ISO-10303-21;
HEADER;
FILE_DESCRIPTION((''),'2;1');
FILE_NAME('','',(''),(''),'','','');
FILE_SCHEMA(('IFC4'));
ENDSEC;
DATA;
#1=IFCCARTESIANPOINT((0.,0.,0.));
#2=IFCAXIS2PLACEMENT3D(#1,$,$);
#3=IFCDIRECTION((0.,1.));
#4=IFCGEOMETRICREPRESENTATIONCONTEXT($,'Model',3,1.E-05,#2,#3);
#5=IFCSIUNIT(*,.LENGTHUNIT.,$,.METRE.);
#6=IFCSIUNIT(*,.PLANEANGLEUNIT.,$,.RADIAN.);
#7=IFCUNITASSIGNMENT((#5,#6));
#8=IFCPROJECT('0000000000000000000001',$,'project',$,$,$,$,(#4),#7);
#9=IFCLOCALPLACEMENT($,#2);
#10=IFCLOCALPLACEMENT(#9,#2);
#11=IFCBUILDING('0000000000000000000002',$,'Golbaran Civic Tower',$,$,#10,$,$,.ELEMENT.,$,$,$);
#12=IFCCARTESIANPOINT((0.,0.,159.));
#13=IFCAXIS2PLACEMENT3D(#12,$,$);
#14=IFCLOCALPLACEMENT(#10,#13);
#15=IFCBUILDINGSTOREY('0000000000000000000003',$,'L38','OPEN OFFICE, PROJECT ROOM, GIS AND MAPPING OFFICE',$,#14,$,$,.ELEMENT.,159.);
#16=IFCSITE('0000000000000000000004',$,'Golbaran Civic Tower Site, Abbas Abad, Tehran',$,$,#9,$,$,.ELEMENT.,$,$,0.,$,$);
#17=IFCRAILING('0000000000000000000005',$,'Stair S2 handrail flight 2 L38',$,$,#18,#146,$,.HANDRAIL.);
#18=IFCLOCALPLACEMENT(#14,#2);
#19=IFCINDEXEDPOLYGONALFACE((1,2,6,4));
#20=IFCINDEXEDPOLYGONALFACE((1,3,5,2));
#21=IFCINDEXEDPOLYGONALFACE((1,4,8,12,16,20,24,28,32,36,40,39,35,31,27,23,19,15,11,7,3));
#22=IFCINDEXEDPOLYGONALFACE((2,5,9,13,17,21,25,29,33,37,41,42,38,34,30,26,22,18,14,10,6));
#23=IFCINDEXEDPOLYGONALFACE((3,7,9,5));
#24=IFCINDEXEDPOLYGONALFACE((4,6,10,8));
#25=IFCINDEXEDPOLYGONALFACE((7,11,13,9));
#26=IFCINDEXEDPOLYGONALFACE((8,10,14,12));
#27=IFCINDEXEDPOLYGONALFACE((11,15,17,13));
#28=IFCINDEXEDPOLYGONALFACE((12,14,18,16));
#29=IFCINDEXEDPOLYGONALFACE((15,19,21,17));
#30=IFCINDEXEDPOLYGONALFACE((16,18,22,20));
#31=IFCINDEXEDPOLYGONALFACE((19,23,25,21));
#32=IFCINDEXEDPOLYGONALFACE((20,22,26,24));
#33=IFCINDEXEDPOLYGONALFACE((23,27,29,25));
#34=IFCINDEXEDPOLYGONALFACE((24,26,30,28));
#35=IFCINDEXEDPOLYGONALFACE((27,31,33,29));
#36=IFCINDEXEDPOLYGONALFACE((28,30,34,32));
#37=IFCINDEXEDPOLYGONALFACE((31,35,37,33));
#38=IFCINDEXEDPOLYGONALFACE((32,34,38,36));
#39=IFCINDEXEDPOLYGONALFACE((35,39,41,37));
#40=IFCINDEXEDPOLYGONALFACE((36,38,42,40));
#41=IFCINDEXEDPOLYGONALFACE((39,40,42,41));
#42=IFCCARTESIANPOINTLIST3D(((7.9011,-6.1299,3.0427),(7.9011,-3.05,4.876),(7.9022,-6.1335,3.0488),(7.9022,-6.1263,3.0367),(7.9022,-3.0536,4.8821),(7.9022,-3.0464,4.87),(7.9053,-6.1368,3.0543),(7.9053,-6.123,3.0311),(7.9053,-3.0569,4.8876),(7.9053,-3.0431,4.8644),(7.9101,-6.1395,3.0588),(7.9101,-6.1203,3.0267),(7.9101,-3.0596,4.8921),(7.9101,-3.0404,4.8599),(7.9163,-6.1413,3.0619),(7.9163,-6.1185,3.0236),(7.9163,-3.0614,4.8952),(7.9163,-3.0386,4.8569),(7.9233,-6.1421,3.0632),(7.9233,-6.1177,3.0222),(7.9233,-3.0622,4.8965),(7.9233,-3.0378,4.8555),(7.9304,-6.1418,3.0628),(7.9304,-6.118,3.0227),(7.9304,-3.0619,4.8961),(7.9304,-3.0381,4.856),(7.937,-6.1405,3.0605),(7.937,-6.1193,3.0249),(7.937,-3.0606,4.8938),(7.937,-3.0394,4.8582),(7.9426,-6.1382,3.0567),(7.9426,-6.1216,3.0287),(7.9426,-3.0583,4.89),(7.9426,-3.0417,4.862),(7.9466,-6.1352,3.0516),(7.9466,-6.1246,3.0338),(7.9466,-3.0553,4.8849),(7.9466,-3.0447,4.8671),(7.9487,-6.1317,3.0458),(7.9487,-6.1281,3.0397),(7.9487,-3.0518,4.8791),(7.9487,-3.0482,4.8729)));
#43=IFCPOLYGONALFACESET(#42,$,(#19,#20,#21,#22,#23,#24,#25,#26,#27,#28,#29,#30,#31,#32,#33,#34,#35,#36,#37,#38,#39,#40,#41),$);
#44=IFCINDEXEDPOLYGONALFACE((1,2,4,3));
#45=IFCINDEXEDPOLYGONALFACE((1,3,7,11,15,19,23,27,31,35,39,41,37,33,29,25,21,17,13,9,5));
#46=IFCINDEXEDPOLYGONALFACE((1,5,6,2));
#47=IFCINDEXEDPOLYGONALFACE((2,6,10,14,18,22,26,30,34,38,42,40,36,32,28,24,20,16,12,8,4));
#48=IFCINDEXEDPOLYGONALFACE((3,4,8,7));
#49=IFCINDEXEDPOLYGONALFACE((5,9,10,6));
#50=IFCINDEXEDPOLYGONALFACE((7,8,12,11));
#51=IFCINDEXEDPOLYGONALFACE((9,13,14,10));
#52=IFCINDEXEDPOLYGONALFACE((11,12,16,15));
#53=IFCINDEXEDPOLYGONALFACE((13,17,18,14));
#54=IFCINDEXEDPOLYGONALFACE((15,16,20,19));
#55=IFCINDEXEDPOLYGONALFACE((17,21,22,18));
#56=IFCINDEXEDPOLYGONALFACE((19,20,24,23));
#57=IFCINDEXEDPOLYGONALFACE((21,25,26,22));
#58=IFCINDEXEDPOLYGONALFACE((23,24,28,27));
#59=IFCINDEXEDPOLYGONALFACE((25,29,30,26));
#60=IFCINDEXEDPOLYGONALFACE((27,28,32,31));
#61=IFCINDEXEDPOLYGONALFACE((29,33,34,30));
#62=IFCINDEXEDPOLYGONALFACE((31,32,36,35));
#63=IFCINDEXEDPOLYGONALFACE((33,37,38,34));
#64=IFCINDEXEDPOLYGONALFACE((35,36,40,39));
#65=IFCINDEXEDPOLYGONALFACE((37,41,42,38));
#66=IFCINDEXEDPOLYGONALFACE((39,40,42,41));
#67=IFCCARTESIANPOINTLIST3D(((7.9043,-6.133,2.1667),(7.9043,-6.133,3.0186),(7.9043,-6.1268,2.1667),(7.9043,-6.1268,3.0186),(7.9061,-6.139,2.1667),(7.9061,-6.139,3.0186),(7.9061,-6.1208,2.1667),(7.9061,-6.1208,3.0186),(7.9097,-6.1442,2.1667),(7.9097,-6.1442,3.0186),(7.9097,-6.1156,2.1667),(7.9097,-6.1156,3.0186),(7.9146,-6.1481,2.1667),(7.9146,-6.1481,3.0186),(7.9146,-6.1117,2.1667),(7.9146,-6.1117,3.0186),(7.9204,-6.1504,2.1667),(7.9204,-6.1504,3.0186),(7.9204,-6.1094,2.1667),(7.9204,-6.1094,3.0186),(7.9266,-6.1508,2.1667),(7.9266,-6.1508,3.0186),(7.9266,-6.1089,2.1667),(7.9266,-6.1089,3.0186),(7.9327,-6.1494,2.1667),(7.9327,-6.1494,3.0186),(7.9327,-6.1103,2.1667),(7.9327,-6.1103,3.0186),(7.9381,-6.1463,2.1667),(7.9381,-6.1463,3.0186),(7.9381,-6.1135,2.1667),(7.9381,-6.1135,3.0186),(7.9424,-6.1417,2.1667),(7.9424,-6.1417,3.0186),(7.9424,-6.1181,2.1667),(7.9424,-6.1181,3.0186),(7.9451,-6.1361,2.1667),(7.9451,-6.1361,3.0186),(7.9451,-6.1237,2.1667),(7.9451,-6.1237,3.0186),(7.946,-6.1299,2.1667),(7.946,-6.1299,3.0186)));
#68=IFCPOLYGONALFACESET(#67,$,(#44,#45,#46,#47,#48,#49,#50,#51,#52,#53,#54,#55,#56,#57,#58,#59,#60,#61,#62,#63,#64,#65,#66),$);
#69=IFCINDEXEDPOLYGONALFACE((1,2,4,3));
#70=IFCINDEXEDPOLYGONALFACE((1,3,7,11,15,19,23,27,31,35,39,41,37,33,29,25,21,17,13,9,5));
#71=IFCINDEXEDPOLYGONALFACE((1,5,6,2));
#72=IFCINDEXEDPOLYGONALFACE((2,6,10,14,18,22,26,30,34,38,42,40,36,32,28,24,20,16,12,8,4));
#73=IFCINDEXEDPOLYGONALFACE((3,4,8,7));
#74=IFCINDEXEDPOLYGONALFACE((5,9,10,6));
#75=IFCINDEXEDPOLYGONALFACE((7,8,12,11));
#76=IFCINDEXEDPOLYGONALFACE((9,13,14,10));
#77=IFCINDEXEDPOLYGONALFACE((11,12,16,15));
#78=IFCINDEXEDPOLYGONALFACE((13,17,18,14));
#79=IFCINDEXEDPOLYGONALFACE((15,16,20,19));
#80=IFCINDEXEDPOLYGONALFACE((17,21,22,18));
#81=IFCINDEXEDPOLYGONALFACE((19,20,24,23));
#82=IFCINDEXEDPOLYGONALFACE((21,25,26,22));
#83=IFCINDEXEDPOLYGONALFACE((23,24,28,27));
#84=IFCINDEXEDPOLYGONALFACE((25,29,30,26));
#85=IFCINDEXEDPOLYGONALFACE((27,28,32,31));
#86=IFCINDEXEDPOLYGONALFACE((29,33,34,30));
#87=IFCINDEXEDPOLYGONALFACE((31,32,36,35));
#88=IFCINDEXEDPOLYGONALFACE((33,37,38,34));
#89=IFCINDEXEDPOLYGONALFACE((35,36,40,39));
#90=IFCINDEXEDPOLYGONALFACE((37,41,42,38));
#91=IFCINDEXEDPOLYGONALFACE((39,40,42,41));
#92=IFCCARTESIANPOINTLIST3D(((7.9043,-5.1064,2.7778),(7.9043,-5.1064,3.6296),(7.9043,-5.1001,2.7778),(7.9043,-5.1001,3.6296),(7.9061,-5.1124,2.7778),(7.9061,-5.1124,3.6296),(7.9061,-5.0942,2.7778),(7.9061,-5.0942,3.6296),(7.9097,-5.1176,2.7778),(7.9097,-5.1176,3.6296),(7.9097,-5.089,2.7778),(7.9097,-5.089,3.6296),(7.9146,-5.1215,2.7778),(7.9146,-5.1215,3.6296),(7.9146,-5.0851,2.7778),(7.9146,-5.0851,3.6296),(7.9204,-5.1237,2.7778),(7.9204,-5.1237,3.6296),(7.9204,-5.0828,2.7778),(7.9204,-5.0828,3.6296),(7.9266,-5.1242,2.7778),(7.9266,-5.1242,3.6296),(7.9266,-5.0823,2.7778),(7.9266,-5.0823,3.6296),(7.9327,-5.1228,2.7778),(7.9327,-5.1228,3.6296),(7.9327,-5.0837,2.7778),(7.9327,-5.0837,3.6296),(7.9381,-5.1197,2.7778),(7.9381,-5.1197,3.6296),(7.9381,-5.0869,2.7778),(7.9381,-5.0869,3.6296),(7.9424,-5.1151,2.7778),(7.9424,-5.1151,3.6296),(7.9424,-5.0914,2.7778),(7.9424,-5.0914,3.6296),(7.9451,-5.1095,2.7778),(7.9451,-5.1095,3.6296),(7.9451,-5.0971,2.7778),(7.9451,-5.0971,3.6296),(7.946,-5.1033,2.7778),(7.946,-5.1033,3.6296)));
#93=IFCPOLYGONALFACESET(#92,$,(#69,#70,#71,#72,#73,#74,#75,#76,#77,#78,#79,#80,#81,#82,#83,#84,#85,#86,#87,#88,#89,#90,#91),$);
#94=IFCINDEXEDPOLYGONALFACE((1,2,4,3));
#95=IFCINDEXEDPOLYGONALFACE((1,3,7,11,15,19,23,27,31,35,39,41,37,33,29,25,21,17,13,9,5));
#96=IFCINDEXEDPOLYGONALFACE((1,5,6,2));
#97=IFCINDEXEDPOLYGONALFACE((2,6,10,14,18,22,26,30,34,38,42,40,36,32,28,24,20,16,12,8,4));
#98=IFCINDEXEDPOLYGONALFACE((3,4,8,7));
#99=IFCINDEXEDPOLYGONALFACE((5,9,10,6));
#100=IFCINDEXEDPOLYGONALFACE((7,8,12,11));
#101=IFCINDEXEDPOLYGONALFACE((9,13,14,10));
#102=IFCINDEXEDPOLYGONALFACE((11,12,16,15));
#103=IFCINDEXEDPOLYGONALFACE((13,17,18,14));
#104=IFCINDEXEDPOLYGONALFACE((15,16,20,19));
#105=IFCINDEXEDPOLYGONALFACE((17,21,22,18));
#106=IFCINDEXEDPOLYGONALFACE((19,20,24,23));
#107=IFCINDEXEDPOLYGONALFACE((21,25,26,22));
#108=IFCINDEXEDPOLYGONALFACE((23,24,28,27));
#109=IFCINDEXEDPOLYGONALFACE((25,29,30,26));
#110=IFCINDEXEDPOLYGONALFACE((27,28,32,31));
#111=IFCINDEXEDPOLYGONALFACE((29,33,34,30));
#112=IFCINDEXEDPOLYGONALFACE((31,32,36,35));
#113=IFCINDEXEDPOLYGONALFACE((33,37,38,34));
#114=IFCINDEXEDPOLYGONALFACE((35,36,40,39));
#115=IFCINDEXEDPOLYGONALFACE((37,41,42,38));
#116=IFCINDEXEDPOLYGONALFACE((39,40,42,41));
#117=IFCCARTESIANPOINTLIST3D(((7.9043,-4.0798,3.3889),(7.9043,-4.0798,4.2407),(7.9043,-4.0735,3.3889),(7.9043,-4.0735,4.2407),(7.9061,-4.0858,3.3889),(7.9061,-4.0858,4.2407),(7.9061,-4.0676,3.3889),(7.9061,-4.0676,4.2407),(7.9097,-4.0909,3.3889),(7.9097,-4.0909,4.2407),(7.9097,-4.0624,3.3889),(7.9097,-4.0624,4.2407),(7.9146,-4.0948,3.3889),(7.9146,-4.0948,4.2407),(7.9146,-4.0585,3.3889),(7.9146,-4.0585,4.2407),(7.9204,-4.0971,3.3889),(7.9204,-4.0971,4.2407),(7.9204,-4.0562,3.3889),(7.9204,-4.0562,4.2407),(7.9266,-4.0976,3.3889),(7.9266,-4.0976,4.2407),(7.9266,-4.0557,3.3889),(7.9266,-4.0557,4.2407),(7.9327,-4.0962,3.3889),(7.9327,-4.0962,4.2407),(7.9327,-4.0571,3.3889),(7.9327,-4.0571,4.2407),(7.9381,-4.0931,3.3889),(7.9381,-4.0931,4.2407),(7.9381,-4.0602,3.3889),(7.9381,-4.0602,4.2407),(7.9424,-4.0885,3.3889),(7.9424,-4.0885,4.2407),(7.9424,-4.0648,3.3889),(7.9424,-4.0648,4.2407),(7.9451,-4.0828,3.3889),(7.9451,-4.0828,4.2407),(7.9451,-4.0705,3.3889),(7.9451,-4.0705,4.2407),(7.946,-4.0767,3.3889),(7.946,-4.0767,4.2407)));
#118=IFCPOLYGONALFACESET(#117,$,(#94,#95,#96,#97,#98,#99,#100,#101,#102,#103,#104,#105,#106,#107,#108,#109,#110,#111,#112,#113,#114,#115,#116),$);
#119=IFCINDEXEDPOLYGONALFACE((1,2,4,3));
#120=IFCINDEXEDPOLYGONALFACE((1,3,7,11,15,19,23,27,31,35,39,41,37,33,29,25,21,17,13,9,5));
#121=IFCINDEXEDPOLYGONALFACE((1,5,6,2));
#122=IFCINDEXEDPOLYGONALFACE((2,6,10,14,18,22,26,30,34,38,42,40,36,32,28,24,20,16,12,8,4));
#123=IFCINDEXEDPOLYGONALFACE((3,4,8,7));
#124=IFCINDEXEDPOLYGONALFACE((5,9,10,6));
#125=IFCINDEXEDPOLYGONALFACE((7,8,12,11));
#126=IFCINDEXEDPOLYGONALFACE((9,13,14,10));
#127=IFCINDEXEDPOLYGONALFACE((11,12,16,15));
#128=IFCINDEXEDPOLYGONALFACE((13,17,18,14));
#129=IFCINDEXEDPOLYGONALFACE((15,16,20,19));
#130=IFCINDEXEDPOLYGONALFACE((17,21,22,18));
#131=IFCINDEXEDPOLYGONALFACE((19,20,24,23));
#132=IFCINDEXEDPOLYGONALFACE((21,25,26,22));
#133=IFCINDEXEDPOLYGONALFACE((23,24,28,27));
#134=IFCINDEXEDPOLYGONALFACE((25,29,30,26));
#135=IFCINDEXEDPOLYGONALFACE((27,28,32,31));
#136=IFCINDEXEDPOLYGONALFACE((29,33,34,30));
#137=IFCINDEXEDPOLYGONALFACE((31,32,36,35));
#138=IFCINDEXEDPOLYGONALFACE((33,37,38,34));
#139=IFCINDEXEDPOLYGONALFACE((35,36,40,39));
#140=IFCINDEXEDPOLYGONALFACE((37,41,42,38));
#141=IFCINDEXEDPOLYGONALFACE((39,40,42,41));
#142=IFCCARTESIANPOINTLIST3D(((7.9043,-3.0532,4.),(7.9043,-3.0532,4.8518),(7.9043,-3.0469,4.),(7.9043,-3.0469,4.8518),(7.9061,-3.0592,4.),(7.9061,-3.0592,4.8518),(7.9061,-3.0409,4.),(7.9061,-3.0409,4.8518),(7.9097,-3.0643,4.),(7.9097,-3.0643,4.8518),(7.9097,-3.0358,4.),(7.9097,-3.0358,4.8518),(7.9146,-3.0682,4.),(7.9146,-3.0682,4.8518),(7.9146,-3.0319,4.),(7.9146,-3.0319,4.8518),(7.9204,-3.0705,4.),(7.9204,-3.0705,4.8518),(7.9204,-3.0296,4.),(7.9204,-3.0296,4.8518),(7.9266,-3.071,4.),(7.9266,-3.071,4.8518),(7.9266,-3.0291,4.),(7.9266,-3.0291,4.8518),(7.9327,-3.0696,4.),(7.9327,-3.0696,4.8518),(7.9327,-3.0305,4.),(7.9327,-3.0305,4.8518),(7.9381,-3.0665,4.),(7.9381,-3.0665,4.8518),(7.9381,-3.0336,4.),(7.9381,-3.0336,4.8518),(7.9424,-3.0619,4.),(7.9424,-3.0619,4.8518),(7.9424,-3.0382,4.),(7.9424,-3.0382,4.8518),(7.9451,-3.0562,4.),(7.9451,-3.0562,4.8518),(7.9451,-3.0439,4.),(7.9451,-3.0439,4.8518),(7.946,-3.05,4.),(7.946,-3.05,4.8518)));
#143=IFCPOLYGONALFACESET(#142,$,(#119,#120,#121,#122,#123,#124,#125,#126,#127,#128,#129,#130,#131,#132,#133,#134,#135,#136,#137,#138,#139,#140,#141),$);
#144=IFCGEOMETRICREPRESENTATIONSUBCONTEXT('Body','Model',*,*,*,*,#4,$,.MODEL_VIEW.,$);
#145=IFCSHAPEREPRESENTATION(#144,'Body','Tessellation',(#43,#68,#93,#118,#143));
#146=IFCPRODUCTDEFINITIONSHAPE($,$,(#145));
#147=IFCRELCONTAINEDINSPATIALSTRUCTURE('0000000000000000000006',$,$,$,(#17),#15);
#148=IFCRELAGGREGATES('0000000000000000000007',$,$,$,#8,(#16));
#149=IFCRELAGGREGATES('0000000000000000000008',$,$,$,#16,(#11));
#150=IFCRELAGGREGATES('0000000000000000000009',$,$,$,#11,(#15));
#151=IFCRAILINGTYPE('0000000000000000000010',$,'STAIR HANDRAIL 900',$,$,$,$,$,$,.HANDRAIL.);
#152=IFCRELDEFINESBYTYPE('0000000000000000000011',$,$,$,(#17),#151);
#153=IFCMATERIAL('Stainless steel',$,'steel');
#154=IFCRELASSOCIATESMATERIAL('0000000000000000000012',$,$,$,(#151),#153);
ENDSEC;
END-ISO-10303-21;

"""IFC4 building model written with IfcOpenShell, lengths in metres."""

from ifc_helpers import new_model, si_unit, direction, frame, origin, origin_2d, place, context, subcontext, project, spatial, circle, extrude, material, type_object, element, save


model = new_model("IFC4")

# Units and contexts
model_context = context("Model", 3, precision=1e-05, world=origin(), true_north=direction((0.0, 1.0)))
body_context = subcontext(model_context, "Body", "Model", "MODEL_VIEW")
ifc_project = project(units=[si_unit("LENGTHUNIT", "METRE"), si_unit("PLANEANGLEUNIT", "RADIAN")], contexts=[model_context])

# Site, building, storey
site_placement = place(None, origin())
site = spatial("IfcSite", under=ifc_project, at=site_placement, Name="Golbaran Civic Tower Site, Abbas Abad, Tehran", CompositionType="ELEMENT", RefElevation=0.0)
building_placement = place(site_placement, origin())
building = spatial("IfcBuilding", under=site, at=building_placement, Name="Golbaran Civic Tower", CompositionType="ELEMENT")
storey_placement = place(building_placement, frame((0.0, 0.0, 159.0)))
storey = spatial("IfcBuildingStorey", under=building, at=storey_placement, Name="L38", Description="OPEN OFFICE, PROJECT ROOM, GIS AND MAPPING OFFICE", CompositionType="ELEMENT", Elevation=159.0)

# Shared definitions
ifc_material_1 = material(Name="Stainless steel", Category="steel")

# Railing
railing_type = type_object("IfcRailingType", Name="STAIR HANDRAIL 900", PredefinedType="HANDRAIL", material=ifc_material_1)
railing_placement = place(storey_placement, frame((7.925, -6.1299, 2.1667)))
element("IfcRailing", 1, at=railing_placement, inside=storey, type_object=railing_type, Name="Stair S2 handrail flight 2 L38", PredefinedType="HANDRAIL", context=body_context, shape_type="SweptSolid", body=[
    extrude(circle(Radius=0.0239, at=origin_2d()), frame((0.0, 0.0, 0.876), z_axis=(0.0, 0.859291, 0.511487), x_axis=(-1.0, 0.0, 0.0)), (0.0, 0.0, 1.0), 3.5842),
    extrude(circle(Radius=0.021, at=origin_2d()), origin(), (0.0, 0.0, 1.0), 0.8518),
    extrude(circle(Radius=0.021, at=origin_2d()), frame((0.0, 1.0266, 0.6111)), (0.0, 0.0, 1.0), 0.8518),
    extrude(circle(Radius=0.021, at=origin_2d()), frame((0.0, 2.0532, 1.2222)), (0.0, 0.0, 1.0), 0.8518),
    extrude(circle(Radius=0.021, at=origin_2d()), frame((0.0, 3.0798, 1.8333)), (0.0, 0.0, 1.0), 0.8518),
])

save(model, "model.ifc")
